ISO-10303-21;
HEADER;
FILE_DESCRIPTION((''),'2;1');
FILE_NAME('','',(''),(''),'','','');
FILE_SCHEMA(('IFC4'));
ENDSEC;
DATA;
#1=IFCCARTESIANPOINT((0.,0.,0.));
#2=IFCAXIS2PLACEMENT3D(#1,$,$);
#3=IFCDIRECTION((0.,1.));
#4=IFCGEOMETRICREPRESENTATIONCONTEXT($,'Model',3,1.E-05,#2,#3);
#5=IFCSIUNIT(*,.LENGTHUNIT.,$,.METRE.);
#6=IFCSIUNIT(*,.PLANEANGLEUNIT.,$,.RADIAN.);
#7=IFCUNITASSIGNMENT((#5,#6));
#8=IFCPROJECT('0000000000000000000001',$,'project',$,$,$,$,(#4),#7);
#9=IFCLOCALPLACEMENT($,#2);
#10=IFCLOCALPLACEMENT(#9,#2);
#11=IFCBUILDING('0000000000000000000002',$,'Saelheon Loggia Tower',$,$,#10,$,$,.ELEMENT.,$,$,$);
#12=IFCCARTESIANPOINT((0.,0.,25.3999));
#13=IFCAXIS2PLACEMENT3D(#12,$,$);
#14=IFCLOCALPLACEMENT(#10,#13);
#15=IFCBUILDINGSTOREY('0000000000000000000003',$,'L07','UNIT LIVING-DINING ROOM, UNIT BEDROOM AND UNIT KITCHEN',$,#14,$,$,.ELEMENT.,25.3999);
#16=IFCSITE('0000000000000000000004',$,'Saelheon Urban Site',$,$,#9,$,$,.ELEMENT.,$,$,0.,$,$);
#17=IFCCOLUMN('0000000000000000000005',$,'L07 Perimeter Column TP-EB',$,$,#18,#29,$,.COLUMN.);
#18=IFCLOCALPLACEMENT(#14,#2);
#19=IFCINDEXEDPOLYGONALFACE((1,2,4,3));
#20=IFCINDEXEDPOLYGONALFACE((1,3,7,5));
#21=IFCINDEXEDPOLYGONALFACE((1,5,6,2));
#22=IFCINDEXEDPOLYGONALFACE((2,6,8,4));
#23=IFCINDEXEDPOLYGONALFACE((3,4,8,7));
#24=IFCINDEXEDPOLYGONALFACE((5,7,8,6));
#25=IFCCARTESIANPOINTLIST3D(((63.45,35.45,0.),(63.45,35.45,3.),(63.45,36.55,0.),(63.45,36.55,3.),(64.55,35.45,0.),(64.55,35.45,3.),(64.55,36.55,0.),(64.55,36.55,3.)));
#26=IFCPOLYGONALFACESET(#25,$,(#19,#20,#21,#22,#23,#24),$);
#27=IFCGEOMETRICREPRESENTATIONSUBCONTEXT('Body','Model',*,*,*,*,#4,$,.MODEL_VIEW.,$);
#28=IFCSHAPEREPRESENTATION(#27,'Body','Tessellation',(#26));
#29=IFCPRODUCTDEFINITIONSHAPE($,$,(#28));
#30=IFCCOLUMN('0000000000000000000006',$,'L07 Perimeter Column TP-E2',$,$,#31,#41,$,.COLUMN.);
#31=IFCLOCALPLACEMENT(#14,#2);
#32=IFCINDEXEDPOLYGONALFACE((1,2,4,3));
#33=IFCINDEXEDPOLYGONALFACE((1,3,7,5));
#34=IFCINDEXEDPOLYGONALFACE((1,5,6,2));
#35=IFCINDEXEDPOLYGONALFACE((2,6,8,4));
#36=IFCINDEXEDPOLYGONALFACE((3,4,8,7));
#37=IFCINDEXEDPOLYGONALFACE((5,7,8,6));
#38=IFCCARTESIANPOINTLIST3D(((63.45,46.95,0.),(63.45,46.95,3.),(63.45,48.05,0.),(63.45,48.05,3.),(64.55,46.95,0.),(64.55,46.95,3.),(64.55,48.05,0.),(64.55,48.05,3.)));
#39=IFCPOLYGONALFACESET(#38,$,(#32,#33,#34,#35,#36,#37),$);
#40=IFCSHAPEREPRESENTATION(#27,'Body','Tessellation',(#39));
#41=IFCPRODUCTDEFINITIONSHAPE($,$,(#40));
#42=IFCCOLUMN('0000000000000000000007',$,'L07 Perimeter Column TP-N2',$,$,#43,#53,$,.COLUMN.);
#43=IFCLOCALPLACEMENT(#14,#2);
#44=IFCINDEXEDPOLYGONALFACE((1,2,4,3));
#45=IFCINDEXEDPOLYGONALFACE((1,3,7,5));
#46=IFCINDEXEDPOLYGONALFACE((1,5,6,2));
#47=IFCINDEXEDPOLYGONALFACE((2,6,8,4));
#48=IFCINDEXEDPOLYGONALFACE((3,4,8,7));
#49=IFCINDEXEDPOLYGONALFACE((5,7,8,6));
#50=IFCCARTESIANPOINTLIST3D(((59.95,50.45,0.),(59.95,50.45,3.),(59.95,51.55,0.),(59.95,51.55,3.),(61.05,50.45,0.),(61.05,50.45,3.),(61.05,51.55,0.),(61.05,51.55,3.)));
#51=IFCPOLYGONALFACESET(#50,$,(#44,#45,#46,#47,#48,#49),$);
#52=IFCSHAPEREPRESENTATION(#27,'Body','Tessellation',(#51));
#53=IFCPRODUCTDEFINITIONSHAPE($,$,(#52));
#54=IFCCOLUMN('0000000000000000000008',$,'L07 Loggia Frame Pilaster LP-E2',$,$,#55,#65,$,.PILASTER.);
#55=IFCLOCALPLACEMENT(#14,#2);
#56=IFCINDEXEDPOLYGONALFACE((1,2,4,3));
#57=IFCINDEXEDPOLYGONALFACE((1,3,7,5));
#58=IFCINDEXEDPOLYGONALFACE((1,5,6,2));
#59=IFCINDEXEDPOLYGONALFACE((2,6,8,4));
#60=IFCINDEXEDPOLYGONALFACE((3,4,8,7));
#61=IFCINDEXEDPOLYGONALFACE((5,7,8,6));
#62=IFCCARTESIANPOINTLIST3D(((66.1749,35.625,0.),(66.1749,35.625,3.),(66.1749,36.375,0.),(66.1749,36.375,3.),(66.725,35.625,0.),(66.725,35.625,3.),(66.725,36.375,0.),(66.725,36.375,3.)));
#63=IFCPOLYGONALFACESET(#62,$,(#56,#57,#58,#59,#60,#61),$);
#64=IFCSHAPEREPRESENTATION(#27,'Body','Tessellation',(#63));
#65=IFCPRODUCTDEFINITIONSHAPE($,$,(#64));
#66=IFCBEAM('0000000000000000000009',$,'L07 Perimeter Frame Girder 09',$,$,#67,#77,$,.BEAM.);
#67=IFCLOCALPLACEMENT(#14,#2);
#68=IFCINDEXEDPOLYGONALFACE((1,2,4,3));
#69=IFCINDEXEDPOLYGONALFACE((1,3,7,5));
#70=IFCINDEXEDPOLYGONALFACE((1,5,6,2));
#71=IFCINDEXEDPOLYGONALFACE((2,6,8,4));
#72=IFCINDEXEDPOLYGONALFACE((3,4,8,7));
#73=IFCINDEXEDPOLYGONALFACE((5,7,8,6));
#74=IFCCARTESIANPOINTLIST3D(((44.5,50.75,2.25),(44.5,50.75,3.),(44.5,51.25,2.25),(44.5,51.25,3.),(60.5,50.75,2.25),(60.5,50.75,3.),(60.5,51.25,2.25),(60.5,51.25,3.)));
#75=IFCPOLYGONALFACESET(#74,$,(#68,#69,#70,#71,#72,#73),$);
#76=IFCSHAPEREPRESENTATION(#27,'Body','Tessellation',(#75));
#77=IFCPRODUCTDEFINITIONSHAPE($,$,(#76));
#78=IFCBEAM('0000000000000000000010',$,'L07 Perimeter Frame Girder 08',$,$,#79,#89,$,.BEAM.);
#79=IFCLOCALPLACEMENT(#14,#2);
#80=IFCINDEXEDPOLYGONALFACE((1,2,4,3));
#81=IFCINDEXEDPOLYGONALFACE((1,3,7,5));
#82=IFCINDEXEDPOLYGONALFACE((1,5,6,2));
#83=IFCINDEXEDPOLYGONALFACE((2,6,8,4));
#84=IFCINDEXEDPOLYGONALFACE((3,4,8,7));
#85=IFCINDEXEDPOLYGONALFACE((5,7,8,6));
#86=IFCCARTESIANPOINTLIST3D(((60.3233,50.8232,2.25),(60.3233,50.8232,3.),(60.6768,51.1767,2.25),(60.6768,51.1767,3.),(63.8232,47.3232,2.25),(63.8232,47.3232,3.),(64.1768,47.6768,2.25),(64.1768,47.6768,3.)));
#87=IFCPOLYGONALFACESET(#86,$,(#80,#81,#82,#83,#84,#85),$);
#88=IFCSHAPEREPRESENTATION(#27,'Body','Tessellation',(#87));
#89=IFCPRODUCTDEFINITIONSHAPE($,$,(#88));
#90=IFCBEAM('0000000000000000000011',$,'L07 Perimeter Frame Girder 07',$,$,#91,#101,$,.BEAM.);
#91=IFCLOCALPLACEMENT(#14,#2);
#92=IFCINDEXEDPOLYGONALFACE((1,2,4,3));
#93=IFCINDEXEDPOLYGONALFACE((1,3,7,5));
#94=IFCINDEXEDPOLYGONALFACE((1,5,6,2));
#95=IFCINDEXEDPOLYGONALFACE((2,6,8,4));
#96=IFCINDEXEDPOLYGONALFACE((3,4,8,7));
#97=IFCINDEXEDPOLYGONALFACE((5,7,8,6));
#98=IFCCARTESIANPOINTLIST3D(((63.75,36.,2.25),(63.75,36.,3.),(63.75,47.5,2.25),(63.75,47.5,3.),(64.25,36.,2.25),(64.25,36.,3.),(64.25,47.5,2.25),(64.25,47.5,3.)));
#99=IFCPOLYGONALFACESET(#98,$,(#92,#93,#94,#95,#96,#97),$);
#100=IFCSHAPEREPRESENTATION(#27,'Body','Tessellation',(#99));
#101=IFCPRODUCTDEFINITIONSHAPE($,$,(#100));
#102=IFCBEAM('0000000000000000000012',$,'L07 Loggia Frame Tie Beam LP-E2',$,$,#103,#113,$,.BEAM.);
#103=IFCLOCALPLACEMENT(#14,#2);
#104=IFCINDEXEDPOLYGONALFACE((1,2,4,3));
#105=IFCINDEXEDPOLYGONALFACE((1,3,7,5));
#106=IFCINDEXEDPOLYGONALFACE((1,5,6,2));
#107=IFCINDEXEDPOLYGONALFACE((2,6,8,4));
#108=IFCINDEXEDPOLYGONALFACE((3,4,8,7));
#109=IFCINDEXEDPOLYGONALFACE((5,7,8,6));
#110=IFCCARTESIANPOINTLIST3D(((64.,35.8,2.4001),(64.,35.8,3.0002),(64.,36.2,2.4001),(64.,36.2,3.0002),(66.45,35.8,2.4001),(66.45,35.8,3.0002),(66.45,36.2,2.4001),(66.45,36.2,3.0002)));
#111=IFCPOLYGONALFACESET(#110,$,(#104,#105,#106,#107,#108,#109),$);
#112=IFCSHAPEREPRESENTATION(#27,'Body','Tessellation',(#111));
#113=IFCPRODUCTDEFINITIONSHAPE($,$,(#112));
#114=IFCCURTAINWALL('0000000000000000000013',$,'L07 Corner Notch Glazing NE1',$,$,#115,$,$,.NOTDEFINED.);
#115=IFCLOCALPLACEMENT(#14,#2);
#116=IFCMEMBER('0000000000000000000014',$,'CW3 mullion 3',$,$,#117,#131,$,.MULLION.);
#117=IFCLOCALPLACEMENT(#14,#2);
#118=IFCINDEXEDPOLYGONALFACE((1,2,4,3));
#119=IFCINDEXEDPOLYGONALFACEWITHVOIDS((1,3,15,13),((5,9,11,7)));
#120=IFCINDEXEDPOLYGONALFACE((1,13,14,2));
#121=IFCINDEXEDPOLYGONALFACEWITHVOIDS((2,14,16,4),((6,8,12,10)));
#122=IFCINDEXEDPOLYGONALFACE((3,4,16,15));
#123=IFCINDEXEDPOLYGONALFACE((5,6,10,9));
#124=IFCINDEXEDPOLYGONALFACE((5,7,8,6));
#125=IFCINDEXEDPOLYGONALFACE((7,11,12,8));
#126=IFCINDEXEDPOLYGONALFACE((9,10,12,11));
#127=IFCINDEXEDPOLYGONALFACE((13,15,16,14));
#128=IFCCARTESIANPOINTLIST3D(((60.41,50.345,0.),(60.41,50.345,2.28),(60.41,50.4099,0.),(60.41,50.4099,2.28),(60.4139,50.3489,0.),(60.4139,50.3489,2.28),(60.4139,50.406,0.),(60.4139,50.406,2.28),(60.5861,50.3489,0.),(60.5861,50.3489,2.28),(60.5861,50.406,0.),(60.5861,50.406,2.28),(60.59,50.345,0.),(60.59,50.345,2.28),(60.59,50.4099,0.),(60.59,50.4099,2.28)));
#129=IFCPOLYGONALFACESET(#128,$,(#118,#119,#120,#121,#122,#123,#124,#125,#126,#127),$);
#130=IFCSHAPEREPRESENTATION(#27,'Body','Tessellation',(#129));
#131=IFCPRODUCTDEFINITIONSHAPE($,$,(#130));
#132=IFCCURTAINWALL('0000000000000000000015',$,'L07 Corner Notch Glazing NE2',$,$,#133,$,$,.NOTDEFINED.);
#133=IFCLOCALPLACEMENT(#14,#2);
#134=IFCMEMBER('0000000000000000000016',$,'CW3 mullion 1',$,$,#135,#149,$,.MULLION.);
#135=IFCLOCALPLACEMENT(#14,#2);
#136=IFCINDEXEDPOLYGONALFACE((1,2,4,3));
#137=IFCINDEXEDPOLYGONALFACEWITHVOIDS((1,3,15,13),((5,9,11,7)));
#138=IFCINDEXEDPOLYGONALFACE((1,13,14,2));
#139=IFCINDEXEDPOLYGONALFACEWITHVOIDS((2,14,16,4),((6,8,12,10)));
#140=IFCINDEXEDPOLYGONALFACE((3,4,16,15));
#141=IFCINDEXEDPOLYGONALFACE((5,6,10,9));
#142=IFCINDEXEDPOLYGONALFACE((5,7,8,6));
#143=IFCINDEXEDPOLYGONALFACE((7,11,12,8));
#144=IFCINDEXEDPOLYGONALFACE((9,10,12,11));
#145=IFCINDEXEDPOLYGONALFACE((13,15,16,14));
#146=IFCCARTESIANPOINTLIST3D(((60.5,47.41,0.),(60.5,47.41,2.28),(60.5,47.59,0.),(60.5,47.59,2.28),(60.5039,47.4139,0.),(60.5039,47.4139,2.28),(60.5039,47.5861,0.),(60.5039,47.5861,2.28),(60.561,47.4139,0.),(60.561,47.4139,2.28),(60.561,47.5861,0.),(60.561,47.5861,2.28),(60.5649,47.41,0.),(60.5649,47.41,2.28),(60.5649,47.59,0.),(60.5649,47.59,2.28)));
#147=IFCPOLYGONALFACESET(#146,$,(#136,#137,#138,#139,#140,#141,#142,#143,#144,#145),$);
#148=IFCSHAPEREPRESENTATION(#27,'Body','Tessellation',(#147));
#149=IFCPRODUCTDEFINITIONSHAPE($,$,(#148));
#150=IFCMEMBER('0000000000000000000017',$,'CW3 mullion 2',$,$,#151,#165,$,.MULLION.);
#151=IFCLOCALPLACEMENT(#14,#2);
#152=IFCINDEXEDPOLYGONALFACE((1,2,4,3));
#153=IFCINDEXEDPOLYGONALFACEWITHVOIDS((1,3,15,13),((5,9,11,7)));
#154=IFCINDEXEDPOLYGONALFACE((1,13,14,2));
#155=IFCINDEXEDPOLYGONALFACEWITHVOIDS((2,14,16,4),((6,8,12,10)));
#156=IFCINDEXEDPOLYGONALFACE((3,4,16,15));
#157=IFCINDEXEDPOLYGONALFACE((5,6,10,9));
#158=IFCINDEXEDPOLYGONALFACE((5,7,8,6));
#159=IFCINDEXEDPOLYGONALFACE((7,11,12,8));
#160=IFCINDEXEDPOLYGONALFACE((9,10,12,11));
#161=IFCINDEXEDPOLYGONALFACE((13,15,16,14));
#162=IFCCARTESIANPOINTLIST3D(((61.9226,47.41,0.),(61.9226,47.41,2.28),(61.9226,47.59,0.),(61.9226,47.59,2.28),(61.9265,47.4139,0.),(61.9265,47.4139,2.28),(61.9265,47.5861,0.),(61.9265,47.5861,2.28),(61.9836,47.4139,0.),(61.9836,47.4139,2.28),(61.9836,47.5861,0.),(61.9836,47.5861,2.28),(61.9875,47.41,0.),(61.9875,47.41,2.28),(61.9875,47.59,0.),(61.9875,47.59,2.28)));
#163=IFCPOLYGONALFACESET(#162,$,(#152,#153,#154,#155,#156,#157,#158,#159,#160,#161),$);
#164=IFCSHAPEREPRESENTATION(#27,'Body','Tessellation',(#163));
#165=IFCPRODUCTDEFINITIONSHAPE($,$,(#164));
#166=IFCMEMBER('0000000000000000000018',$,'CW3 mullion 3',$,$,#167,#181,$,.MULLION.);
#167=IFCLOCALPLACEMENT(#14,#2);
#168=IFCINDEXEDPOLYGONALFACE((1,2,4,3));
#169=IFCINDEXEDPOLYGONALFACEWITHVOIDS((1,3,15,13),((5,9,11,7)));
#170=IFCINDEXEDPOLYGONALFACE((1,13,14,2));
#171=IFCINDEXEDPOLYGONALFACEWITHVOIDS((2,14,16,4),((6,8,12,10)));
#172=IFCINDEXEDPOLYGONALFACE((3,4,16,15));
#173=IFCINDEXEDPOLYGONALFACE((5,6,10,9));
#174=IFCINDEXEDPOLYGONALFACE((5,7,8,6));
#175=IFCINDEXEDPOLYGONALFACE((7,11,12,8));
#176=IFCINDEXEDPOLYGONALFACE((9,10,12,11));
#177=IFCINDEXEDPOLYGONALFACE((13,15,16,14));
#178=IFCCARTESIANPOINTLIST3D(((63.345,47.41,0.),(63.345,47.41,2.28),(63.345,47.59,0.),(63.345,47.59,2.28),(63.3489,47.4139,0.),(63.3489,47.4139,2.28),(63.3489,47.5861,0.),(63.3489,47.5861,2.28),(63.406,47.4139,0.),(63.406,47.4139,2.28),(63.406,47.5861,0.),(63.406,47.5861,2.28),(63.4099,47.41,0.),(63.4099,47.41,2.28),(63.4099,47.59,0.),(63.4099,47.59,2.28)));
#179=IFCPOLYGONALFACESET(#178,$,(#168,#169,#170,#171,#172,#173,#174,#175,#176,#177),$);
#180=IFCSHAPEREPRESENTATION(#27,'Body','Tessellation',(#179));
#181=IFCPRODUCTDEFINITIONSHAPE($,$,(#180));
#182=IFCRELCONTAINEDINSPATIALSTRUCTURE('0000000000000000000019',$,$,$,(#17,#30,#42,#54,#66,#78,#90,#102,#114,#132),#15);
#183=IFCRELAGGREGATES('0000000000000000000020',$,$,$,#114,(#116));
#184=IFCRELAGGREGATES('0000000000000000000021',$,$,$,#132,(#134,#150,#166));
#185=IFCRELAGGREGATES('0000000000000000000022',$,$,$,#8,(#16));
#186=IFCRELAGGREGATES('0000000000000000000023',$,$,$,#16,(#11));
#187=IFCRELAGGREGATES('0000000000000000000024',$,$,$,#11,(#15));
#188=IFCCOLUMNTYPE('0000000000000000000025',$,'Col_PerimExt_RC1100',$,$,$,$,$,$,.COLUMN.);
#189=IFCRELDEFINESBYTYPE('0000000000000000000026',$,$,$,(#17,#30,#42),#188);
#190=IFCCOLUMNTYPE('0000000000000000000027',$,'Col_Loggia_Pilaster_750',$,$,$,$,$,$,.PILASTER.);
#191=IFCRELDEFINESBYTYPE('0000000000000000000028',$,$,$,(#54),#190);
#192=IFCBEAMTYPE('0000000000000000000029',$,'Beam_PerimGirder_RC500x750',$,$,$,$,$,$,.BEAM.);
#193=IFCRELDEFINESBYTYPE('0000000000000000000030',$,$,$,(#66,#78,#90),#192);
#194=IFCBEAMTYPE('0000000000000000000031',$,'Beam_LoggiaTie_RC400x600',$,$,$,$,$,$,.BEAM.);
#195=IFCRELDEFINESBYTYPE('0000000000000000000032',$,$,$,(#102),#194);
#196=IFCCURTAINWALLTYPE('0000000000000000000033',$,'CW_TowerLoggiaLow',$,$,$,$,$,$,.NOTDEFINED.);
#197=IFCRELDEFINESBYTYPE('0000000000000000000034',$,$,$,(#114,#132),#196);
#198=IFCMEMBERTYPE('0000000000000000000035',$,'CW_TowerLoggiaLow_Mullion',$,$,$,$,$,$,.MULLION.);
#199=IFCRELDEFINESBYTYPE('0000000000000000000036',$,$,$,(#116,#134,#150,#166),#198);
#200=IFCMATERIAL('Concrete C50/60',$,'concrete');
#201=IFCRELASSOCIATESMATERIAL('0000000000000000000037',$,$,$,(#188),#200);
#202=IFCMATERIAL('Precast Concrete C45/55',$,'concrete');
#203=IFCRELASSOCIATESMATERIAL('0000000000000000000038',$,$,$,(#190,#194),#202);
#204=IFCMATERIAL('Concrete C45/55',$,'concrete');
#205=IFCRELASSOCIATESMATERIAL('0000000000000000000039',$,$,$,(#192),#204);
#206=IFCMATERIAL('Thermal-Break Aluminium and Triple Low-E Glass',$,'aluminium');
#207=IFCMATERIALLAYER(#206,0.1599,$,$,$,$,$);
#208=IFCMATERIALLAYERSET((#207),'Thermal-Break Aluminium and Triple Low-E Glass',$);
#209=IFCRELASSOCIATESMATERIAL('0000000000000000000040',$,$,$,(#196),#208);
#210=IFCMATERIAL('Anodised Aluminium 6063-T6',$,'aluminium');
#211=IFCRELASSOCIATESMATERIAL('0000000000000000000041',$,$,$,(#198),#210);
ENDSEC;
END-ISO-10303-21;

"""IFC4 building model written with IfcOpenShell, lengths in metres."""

from ifc_helpers import new_model, si_unit, direction, frame, origin, origin_2d, place, context, subcontext, project, spatial, rectangle, hollow_rectangle, extrude, source, transform, mapped, material, layer, layer_set, material_profile, profile_set, type_object, element, aggregate, save


model = new_model("IFC4")

# Units and contexts
model_context = context("Model", 3, precision=1e-05, world=origin(), true_north=direction((0.0, 1.0)))
body_context = subcontext(model_context, "Body", "Model", "MODEL_VIEW")
ifc_project = project(units=[si_unit("LENGTHUNIT", "METRE"), si_unit("PLANEANGLEUNIT", "RADIAN")], contexts=[model_context])

# Site, building, storey
site_placement = place(None, origin())
site = spatial("IfcSite", under=ifc_project, at=site_placement, Name="Saelheon Urban Site", CompositionType="ELEMENT", RefElevation=0.0)
building_placement = place(site_placement, origin())
building = spatial("IfcBuilding", under=site, at=building_placement, Name="Saelheon Loggia Tower", CompositionType="ELEMENT")
storey_placement = place(building_placement, frame((0.0, 0.0, 25.3999)))
storey = spatial("IfcBuildingStorey", under=building, at=storey_placement, Name="L07", Description="UNIT LIVING-DINING ROOM, UNIT BEDROOM AND UNIT KITCHEN", CompositionType="ELEMENT", Elevation=25.3999)

# Columns
ifc_material_1 = material(Name="Concrete C50/60", Category="concrete")
ifc_material_profile_1 = material_profile(ifc_material_1, rectangle(XDim=1.1001, YDim=1.1001, at=origin_2d()), Name="RC-1100x1100")
ifc_profile_set_1 = profile_set([ifc_material_profile_1], Name="Concrete C50/60")
column_type_1 = type_object("IfcColumnType", Name="Col_PerimExt_RC1100", PredefinedType="COLUMN", material=ifc_profile_set_1)
shared_shape_1 = source(origin(), body_context, "Body", "SweptSolid", [
    extrude(rectangle(XDim=1.1001, YDim=1.1001, at=origin_2d()), origin(), (0.0, 0.0, 1.0), 3.0),
])
for number, where, z_axis, x_axis, name in (
    (1, (64.0, 36.0, 0.0), (0.0, 0.0, 1.0), (1.0, 0.0, 0.0), "L07 Perimeter Column TP-EB"),
    (2, (64.0, 47.5, 0.0), (0.0, 0.0, 1.0), (1.0, 0.0, 0.0), "L07 Perimeter Column TP-E2"),
    (3, (60.5, 51.0, 0.0), (0.0, 0.0, 1.0), (1.0, 0.0, 0.0), "L07 Perimeter Column TP-N2"),
):
    element("IfcColumn", number, at=place(storey_placement, frame(where, z_axis=z_axis, x_axis=x_axis)), inside=storey, type_object=column_type_1, Name=name, PredefinedType="COLUMN", context=body_context, shape_type="MappedRepresentation", body=[
        mapped(shared_shape_1, transform((0.0, 0.0, 0.0), scale=1.0)),
    ])
ifc_material_2 = material(Name="Precast Concrete C45/55", Category="concrete")
ifc_material_profile_2 = material_profile(ifc_material_2, rectangle(XDim=0.55, YDim=0.75, at=origin_2d()), Name="RC-550x750")
ifc_profile_set_2 = profile_set([ifc_material_profile_2], Name="Precast Concrete C45/55")
column_type_2 = type_object("IfcColumnType", Name="Col_Loggia_Pilaster_750", PredefinedType="PILASTER", material=ifc_profile_set_2)
shared_shape_2 = source(origin(), body_context, "Body", "SweptSolid", [
    extrude(rectangle(XDim=0.55, YDim=0.75, at=origin_2d()), origin(), (0.0, 0.0, 1.0), 3.0),
])
column_placement = place(storey_placement, frame((66.45, 36.0, 0.0), z_axis=(0.0, 0.0, 1.0), x_axis=(1.0, 0.0, 0.0)))
element("IfcColumn", 4, at=column_placement, inside=storey, type_object=column_type_2, Name="L07 Loggia Frame Pilaster LP-E2", PredefinedType="PILASTER", context=body_context, shape_type="MappedRepresentation", body=[
    mapped(shared_shape_2, transform((0.0, 0.0, 0.0), scale=1.0)),
])

# Beams
ifc_material_3 = material(Name="Concrete C45/55", Category="concrete")
ifc_material_profile_3 = material_profile(ifc_material_3, rectangle(XDim=0.5, YDim=0.75, at=origin_2d()), Name="RC-500x750")
ifc_profile_set_3 = profile_set([ifc_material_profile_3], Name="Concrete C45/55")
beam_type_1 = type_object("IfcBeamType", Name="Beam_PerimGirder_RC500x750", PredefinedType="BEAM", material=ifc_profile_set_3)
shared_shape_3 = source(origin(), body_context, "Body", "SweptSolid", [
    extrude(rectangle(XDim=0.5, YDim=0.75, at=origin_2d()), origin(), (0.0, 0.0, 1.0), 16.0),
])
beam_1_placement = place(storey_placement, frame((60.5, 51.0, 2.625), z_axis=(-1.0, 0.0, 0.0), x_axis=(0.0, -1.0, 0.0)))
element("IfcBeam", 5, at=beam_1_placement, inside=storey, type_object=beam_type_1, Name="L07 Perimeter Frame Girder 09", PredefinedType="BEAM", context=body_context, shape_type="MappedRepresentation", body=[
    mapped(shared_shape_3, transform((0.0, 0.0, 0.0), scale=1.0)),
])
shared_shape_4 = source(origin(), body_context, "Body", "SweptSolid", [
    extrude(rectangle(XDim=0.5, YDim=0.75, at=origin_2d()), origin(), (0.0, 0.0, 1.0), 4.9497),
])
beam_2_placement = place(storey_placement, frame((64.0, 47.5, 2.625), z_axis=(-0.707107, 0.707107, 0.0), x_axis=(-0.707107, -0.707107, 0.0)))
element("IfcBeam", 6, at=beam_2_placement, inside=storey, type_object=beam_type_1, Name="L07 Perimeter Frame Girder 08", PredefinedType="BEAM", context=body_context, shape_type="MappedRepresentation", body=[
    mapped(shared_shape_4, transform((0.0, 0.0, 0.0), scale=1.0)),
])
shared_shape_5 = source(origin(), body_context, "Body", "SweptSolid", [
    extrude(rectangle(XDim=0.5, YDim=0.75, at=origin_2d()), origin(), (0.0, 0.0, 1.0), 11.5),
])
beam_3_placement = place(storey_placement, frame((64.0, 36.0, 2.625), z_axis=(0.0, 1.0, 0.0), x_axis=(-1.0, 0.0, 0.0)))
element("IfcBeam", 7, at=beam_3_placement, inside=storey, type_object=beam_type_1, Name="L07 Perimeter Frame Girder 07", PredefinedType="BEAM", context=body_context, shape_type="MappedRepresentation", body=[
    mapped(shared_shape_5, transform((0.0, 0.0, 0.0), scale=1.0)),
])
ifc_material_profile_4 = material_profile(ifc_material_2, rectangle(XDim=0.3999, YDim=0.6001, at=origin_2d()), Name="RC-400x600")
ifc_profile_set_4 = profile_set([ifc_material_profile_4], Name="Precast Concrete C45/55")
beam_type_2 = type_object("IfcBeamType", Name="Beam_LoggiaTie_RC400x600", PredefinedType="BEAM", material=ifc_profile_set_4)
shared_shape_6 = source(origin(), body_context, "Body", "SweptSolid", [
    extrude(rectangle(XDim=0.3999, YDim=0.6001, at=origin_2d()), origin(), (0.0, 0.0, 1.0), 2.45),
])
beam_4_placement = place(storey_placement, frame((64.0, 36.0, 2.7002), z_axis=(1.0, 0.0, 0.0), x_axis=(0.0, 1.0, 0.0)))
element("IfcBeam", 8, at=beam_4_placement, inside=storey, type_object=beam_type_2, Name="L07 Loggia Frame Tie Beam LP-E2", PredefinedType="BEAM", context=body_context, shape_type="MappedRepresentation", body=[
    mapped(shared_shape_6, transform((0.0, 0.0, 0.0), scale=1.0)),
])

# Curtain wall, member
ifc_material_4 = material(Name="Thermal-Break Aluminium and Triple Low-E Glass", Category="aluminium")
ifc_layer_1 = layer(ifc_material_4, 0.1599)
ifc_layer_set_1 = layer_set([ifc_layer_1], Name="Thermal-Break Aluminium and Triple Low-E Glass")
curtain_wall_type = type_object("IfcCurtainWallType", Name="CW_TowerLoggiaLow", PredefinedType="NOTDEFINED", material=ifc_layer_set_1)
curtain_wall_1_placement = place(storey_placement, origin())
curtain_wall_1 = element("IfcCurtainWall", 9, at=curtain_wall_1_placement, inside=storey, type_object=curtain_wall_type, Name="L07 Corner Notch Glazing NE1", PredefinedType="NOTDEFINED")
ifc_material_5 = material(Name="Anodised Aluminium 6063-T6", Category="aluminium")
ifc_material_profile_5 = material_profile(ifc_material_5, hollow_rectangle(XDim=0.0649, YDim=0.1799, WallThickness=0.0039, at=origin_2d()), Name="RHS-180x65x4")
ifc_profile_set_5 = profile_set([ifc_material_profile_5], Name="Anodised Aluminium 6063-T6")
member_type_1 = type_object("IfcMemberType", Name="CW_TowerLoggiaLow_Mullion", PredefinedType="MULLION", material=ifc_profile_set_5)
shared_shape_7 = source(origin(), body_context, "Body", "SweptSolid", [
    extrude(hollow_rectangle(XDim=0.0649, YDim=0.1799, WallThickness=0.0039, at=origin_2d()), origin(), (0.0, 0.0, 1.0), 2.28),
])
member_1_placement = place(storey_placement, frame((60.5, 50.3774, 0.0), z_axis=(0.0, 0.0, 1.0), x_axis=(0.0, 1.0, 0.0)))
member_1 = element("IfcMember", 10, at=member_1_placement, type_object=member_type_1, Name="CW3 mullion 3", PredefinedType="MULLION", context=body_context, shape_type="MappedRepresentation", body=[
    mapped(shared_shape_7, transform((0.0, 0.0, 0.0), scale=1.0)),
])

# Curtain wall, members
curtain_wall_2_placement = place(storey_placement, origin())
curtain_wall_2 = element("IfcCurtainWall", 11, at=curtain_wall_2_placement, inside=storey, type_object=curtain_wall_type, Name="L07 Corner Notch Glazing NE2", PredefinedType="NOTDEFINED")
member_2_placement = place(storey_placement, frame((60.5325, 47.5, 0.0), z_axis=(0.0, 0.0, 1.0), x_axis=(1.0, 0.0, 0.0)))
member_2 = element("IfcMember", 12, at=member_2_placement, type_object=member_type_1, Name="CW3 mullion 1", PredefinedType="MULLION", context=body_context, shape_type="MappedRepresentation", body=[
    mapped(shared_shape_7, transform((0.0, 0.0, 0.0), scale=1.0)),
])
member_3_placement = place(storey_placement, frame((61.9551, 47.5, 0.0), z_axis=(0.0, 0.0, 1.0), x_axis=(1.0, 0.0, 0.0)))
member_3 = element("IfcMember", 13, at=member_3_placement, type_object=member_type_1, Name="CW3 mullion 2", PredefinedType="MULLION", context=body_context, shape_type="MappedRepresentation", body=[
    mapped(shared_shape_7, transform((0.0, 0.0, 0.0), scale=1.0)),
])
member_4_placement = place(storey_placement, frame((63.3774, 47.5, 0.0), z_axis=(0.0, 0.0, 1.0), x_axis=(1.0, 0.0, 0.0)))
member_4 = element("IfcMember", 14, at=member_4_placement, type_object=member_type_1, Name="CW3 mullion 3", PredefinedType="MULLION", context=body_context, shape_type="MappedRepresentation", body=[
    mapped(shared_shape_7, transform((0.0, 0.0, 0.0), scale=1.0)),
])

aggregate(curtain_wall_1, [member_1])
aggregate(curtain_wall_2, [member_2, member_3, member_4])

save(model, "model.ifc")
